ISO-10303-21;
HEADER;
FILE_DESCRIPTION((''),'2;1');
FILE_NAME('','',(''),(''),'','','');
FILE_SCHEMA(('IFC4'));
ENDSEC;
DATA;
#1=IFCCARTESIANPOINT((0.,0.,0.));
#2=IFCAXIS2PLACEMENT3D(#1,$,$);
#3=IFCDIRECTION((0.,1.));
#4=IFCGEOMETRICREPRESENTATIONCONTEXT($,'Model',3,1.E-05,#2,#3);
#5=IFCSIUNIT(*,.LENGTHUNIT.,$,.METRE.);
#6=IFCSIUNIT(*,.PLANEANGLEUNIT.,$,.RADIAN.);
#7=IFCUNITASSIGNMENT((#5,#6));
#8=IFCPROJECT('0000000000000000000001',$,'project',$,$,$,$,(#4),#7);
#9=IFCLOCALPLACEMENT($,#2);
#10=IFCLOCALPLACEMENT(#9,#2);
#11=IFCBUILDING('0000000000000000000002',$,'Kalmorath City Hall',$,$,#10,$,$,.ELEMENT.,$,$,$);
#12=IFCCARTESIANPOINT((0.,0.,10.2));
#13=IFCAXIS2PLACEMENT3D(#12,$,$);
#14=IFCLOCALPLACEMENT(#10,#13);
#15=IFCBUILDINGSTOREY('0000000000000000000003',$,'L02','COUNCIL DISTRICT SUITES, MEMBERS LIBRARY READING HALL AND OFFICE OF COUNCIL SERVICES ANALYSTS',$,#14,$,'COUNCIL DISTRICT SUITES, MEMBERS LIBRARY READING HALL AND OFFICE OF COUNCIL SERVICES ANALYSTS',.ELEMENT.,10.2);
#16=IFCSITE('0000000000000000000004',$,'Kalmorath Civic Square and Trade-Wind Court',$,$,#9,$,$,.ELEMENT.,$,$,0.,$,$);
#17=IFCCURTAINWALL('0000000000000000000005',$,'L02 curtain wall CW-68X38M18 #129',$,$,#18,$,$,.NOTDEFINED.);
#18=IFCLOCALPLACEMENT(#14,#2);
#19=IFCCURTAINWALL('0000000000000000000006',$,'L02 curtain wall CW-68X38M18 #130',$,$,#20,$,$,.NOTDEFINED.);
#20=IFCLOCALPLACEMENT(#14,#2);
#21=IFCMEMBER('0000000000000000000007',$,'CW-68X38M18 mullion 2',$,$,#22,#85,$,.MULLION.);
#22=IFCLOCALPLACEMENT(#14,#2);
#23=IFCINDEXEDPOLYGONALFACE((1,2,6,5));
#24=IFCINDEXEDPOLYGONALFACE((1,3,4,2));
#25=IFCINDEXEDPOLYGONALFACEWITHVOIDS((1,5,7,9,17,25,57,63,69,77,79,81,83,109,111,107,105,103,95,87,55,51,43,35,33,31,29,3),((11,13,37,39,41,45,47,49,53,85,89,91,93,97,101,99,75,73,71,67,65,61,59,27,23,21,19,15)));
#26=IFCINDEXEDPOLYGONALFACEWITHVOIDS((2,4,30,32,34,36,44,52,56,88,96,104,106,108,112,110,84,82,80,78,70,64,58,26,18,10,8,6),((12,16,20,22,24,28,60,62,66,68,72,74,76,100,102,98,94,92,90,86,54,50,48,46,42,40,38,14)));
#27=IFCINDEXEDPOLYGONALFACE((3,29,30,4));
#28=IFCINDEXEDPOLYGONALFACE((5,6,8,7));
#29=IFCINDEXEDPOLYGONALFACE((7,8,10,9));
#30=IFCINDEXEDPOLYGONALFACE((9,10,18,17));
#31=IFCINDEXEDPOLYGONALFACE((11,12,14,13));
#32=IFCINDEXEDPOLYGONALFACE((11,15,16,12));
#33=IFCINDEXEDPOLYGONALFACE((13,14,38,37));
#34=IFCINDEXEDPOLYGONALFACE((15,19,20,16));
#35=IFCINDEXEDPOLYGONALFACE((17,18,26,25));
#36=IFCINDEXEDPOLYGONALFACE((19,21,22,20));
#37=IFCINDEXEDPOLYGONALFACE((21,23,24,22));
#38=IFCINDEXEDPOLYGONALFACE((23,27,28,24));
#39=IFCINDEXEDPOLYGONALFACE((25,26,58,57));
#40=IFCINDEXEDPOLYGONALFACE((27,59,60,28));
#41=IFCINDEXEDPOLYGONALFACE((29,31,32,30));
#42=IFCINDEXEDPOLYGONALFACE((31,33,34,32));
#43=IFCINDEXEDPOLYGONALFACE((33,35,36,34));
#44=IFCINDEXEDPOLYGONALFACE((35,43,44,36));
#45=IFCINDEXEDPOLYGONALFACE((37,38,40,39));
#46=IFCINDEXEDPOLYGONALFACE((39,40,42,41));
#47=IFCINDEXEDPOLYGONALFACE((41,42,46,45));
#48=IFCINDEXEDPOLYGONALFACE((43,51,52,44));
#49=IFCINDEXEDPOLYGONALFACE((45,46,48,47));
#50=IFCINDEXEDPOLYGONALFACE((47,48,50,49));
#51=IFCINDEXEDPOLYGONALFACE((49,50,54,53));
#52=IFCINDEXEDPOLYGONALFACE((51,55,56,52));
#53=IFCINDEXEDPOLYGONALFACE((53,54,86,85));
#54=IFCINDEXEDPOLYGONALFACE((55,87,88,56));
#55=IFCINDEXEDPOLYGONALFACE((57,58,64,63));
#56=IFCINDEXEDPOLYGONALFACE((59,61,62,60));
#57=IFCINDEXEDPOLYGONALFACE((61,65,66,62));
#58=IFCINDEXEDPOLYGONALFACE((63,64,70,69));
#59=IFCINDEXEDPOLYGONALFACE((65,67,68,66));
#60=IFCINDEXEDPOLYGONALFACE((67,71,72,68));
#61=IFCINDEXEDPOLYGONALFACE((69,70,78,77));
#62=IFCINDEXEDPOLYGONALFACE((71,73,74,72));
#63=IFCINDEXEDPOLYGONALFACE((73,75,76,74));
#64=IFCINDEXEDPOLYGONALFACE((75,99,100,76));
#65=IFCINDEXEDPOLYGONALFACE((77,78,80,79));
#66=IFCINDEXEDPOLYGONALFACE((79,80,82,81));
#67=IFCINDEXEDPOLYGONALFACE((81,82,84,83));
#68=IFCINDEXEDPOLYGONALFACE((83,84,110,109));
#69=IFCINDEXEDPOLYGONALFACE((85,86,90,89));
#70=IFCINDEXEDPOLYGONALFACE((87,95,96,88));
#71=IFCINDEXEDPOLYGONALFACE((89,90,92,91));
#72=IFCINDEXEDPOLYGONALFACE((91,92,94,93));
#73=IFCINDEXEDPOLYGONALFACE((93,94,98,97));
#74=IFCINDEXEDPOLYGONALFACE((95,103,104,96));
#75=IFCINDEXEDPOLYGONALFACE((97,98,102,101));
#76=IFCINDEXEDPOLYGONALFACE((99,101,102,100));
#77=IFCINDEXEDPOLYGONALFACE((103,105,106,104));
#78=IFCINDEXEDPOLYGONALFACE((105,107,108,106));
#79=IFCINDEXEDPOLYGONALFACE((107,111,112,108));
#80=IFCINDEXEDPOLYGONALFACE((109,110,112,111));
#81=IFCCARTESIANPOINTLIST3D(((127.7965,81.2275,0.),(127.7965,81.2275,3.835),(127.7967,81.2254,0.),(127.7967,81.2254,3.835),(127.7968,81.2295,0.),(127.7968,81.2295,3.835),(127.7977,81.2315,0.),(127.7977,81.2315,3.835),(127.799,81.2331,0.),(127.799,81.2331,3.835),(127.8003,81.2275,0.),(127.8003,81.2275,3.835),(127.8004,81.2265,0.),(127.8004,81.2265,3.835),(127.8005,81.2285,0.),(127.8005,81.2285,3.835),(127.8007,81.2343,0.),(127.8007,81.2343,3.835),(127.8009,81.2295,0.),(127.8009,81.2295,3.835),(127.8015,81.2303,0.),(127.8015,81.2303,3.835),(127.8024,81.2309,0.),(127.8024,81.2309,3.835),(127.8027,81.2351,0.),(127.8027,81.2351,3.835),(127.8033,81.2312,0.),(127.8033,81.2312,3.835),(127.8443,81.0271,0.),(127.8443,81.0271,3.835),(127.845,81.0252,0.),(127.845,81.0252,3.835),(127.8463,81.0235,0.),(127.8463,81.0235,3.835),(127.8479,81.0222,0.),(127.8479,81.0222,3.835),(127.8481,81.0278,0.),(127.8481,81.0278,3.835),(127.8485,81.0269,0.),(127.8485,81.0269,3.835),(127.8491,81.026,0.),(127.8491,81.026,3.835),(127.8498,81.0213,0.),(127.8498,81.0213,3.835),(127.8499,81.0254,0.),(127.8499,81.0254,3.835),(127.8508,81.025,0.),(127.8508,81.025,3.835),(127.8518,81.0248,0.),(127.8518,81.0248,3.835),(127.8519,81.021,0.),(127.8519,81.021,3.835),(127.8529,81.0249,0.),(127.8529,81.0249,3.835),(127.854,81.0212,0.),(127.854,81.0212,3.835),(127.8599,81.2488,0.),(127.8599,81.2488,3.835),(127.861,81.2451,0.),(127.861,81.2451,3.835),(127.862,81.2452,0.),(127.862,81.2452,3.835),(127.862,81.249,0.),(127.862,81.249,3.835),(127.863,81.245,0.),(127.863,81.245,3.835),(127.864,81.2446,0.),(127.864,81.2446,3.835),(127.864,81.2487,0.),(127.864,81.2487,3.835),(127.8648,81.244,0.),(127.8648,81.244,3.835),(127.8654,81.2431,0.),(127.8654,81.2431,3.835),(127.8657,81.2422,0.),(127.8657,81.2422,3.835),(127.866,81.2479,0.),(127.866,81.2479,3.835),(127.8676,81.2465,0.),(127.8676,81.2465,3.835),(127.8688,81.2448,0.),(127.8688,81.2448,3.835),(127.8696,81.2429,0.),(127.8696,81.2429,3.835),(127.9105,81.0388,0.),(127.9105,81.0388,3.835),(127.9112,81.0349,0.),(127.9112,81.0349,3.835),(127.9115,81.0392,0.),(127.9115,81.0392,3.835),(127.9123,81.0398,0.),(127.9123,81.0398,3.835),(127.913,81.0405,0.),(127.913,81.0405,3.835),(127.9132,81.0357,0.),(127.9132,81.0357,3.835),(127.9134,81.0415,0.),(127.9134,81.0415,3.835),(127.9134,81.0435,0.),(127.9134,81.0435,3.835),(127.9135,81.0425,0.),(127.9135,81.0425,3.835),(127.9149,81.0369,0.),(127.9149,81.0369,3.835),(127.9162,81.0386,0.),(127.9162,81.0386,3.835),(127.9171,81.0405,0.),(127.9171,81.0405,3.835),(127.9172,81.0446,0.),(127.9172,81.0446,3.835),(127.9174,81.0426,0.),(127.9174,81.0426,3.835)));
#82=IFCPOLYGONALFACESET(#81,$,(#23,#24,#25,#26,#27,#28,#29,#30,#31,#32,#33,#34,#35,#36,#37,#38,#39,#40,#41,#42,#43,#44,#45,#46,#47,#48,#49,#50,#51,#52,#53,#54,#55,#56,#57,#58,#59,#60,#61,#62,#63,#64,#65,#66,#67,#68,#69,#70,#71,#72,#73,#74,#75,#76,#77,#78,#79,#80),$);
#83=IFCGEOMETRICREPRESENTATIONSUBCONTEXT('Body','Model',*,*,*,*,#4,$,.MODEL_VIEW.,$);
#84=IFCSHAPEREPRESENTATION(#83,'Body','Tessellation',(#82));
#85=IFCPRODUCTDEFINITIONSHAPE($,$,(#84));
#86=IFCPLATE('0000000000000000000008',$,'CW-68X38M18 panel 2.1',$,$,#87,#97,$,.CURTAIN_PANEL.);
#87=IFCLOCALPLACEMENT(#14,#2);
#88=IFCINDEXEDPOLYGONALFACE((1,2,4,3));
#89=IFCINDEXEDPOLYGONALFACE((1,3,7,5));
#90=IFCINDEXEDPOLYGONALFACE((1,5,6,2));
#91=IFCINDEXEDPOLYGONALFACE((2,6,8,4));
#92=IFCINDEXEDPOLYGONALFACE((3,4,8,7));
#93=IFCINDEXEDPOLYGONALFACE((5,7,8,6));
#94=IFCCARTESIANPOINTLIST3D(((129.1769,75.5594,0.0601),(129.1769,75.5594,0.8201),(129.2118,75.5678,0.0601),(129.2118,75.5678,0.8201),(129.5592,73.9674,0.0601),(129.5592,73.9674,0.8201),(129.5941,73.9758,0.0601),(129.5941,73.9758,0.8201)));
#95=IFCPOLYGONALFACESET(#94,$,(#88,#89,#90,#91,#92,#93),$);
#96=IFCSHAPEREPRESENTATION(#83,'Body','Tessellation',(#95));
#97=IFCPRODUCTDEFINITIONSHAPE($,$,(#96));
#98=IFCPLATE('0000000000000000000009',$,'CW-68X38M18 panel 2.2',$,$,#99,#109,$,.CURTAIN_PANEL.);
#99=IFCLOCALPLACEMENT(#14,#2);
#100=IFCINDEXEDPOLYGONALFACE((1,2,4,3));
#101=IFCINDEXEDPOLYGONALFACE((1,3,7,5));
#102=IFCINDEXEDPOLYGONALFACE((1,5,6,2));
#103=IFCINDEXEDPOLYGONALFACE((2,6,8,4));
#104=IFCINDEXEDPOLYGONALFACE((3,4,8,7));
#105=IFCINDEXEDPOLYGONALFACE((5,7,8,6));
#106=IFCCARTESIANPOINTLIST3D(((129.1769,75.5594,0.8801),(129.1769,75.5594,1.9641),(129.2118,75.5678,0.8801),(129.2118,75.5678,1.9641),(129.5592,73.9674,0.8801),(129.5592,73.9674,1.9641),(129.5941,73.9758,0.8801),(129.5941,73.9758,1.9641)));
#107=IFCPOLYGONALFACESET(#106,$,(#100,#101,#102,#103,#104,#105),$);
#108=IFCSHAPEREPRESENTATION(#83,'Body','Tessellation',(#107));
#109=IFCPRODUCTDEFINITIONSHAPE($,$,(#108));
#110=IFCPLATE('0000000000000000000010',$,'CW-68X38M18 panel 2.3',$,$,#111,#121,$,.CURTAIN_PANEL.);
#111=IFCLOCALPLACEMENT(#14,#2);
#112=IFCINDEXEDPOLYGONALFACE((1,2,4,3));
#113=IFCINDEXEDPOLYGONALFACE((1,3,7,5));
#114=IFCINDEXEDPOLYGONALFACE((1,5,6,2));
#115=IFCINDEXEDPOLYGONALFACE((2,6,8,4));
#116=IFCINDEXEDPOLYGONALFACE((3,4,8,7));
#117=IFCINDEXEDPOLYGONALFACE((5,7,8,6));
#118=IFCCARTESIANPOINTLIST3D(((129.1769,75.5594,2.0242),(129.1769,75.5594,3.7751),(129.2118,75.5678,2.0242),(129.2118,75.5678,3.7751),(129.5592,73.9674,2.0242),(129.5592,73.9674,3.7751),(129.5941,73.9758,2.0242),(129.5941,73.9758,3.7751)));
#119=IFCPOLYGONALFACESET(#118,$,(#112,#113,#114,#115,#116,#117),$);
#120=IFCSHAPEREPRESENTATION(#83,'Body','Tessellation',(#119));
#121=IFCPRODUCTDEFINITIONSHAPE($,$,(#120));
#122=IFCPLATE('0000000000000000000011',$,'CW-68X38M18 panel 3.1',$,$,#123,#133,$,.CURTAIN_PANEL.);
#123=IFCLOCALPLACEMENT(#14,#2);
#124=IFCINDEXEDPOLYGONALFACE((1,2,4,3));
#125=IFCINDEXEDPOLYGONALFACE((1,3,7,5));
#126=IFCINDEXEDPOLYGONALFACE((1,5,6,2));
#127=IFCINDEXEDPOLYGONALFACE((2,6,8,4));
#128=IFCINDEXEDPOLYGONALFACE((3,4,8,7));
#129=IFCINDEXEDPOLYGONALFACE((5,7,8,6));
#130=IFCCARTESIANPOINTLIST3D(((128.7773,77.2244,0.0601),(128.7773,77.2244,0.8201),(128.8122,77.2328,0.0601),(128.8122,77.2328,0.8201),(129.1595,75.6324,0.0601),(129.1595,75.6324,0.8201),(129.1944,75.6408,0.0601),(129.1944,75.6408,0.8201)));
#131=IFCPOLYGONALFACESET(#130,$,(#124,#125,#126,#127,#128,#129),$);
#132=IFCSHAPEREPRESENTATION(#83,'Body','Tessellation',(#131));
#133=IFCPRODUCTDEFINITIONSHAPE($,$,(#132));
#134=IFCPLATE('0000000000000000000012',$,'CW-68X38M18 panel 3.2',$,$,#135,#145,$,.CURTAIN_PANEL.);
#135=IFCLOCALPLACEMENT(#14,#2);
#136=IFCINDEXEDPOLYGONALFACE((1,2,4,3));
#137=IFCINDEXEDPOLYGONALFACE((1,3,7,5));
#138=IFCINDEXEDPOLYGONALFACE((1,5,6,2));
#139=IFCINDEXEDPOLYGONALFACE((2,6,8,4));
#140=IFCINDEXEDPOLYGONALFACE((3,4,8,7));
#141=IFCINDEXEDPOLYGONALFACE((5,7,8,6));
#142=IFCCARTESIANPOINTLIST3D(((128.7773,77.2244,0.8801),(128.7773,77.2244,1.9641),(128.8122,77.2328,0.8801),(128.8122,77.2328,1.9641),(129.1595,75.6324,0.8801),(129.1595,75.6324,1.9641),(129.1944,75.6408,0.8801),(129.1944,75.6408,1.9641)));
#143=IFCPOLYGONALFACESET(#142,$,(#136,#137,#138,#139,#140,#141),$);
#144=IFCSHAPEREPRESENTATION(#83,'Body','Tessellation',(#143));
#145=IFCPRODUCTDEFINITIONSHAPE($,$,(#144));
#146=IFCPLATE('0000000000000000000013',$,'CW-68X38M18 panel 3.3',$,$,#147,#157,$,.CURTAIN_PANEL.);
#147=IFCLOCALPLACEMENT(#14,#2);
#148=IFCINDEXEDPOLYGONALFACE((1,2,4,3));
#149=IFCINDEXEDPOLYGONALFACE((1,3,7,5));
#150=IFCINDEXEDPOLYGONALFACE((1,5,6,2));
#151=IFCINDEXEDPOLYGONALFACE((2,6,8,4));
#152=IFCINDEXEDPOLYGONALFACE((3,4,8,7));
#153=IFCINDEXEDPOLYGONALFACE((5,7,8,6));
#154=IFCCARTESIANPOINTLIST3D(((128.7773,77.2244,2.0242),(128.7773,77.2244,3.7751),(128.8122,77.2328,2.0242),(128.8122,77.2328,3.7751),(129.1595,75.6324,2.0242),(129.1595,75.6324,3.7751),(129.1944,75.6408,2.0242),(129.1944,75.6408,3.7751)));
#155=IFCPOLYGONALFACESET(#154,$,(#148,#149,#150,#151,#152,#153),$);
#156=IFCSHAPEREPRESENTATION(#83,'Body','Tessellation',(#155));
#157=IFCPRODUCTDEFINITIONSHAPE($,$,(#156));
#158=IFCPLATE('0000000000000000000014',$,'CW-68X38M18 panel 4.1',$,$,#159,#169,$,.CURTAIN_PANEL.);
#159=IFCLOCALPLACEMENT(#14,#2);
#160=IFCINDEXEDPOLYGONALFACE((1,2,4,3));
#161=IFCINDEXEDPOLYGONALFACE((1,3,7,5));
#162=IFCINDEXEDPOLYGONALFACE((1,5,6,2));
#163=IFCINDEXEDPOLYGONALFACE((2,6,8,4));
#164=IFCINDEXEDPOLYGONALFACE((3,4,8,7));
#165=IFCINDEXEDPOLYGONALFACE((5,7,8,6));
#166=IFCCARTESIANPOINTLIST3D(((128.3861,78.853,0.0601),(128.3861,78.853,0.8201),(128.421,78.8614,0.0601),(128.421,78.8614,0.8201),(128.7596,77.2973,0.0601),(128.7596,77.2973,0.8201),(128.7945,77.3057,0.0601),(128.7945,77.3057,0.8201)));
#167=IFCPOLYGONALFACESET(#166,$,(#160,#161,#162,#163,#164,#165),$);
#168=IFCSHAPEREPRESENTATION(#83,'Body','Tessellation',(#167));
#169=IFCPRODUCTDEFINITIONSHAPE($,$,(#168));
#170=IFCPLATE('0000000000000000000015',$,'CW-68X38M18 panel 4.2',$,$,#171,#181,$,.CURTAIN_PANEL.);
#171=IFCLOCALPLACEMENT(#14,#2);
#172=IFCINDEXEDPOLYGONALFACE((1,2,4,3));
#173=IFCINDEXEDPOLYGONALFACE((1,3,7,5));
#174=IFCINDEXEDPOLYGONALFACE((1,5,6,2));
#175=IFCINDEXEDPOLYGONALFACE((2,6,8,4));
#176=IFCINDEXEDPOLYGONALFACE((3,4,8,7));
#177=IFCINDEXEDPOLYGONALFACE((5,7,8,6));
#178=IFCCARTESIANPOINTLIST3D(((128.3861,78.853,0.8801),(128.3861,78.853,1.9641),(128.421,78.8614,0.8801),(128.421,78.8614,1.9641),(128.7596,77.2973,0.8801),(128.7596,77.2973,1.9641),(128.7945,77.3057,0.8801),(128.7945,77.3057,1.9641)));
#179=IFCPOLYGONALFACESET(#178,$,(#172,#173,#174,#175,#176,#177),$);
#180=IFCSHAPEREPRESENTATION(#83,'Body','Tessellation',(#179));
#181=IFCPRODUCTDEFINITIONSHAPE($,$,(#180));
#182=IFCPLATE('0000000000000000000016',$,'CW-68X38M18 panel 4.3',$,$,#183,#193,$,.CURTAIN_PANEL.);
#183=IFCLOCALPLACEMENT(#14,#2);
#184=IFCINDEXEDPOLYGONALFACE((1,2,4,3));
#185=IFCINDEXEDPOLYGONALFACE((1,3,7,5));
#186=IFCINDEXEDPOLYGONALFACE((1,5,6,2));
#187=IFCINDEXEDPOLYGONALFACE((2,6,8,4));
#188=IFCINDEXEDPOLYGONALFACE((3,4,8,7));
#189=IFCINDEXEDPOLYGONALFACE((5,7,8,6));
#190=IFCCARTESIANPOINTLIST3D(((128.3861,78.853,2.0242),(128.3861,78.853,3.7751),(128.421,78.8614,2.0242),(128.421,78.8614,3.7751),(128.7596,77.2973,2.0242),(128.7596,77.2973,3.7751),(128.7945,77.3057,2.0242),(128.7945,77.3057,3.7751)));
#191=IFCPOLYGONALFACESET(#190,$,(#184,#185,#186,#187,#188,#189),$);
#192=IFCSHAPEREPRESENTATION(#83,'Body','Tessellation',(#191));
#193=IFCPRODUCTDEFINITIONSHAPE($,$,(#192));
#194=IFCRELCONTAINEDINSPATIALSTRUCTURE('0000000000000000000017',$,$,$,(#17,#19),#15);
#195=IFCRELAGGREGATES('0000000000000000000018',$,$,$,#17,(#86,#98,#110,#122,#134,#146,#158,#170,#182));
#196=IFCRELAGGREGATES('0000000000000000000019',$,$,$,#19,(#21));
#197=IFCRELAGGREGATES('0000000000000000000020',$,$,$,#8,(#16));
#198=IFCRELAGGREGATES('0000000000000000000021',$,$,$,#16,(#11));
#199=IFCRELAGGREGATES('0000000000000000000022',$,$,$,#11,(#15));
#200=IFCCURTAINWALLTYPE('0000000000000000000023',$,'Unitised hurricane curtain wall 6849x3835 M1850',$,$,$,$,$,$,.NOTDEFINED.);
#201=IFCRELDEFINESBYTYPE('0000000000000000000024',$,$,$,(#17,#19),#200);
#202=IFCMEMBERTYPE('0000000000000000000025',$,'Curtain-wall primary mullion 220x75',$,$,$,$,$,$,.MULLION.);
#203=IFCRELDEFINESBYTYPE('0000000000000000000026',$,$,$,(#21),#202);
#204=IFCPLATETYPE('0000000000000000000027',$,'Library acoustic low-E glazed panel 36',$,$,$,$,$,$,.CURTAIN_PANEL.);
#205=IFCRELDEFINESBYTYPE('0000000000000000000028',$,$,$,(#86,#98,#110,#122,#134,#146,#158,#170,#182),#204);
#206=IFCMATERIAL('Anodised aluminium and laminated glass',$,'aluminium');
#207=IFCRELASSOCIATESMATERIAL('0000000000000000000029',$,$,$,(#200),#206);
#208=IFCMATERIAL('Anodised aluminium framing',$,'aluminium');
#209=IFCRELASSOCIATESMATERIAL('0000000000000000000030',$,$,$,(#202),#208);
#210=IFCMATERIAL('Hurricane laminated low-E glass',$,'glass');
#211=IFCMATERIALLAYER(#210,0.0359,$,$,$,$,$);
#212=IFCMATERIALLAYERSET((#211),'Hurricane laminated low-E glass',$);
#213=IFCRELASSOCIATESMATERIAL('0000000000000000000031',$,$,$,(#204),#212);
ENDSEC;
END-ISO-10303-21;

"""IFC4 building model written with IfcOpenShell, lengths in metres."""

from ifc_helpers import new_model, si_unit, direction, frame, origin, origin_2d, place, context, subcontext, project, spatial, rectangle, hollow_rectangle, extrude, material, layer, layer_set, material_profile, profile_set, type_object, element, aggregate, save


model = new_model("IFC4")

# Units and contexts
model_context = context("Model", 3, precision=1e-05, world=origin(), true_north=direction((0.0, 1.0)))
body_context = subcontext(model_context, "Body", "Model", "MODEL_VIEW")
ifc_project = project(units=[si_unit("LENGTHUNIT", "METRE"), si_unit("PLANEANGLEUNIT", "RADIAN")], contexts=[model_context])

# Site, building, storey
site_placement = place(None, origin())
site = spatial("IfcSite", under=ifc_project, at=site_placement, Name="Kalmorath Civic Square and Trade-Wind Court", CompositionType="ELEMENT", RefElevation=0.0)
building_placement = place(site_placement, origin())
building = spatial("IfcBuilding", under=site, at=building_placement, Name="Kalmorath City Hall", CompositionType="ELEMENT")
storey_placement = place(building_placement, frame((0.0, 0.0, 10.2)))
storey = spatial("IfcBuildingStorey", under=building, at=storey_placement, Name="L02", Description="COUNCIL DISTRICT SUITES, MEMBERS LIBRARY READING HALL AND OFFICE OF COUNCIL SERVICES ANALYSTS", LongName="COUNCIL DISTRICT SUITES, MEMBERS LIBRARY READING HALL AND OFFICE OF COUNCIL SERVICES ANALYSTS", CompositionType="ELEMENT", Elevation=10.2)

# Curtain walls
ifc_material_1 = material(Name="Anodised aluminium and laminated glass", Category="aluminium")
curtain_wall_type = type_object("IfcCurtainWallType", Name="Unitised hurricane curtain wall 6849x3835 M1850", PredefinedType="NOTDEFINED", material=ifc_material_1)
curtain_wall_1_placement = place(storey_placement, origin())
curtain_wall_1 = element("IfcCurtainWall", 1, at=curtain_wall_1_placement, inside=storey, type_object=curtain_wall_type, Name="L02 curtain wall CW-68X38M18 #129", PredefinedType="NOTDEFINED")
curtain_wall_2_placement = place(storey_placement, origin())
curtain_wall_2 = element("IfcCurtainWall", 2, at=curtain_wall_2_placement, inside=storey, type_object=curtain_wall_type, Name="L02 curtain wall CW-68X38M18 #130", PredefinedType="NOTDEFINED")

# Member
ifc_material_2 = material(Name="Anodised aluminium framing", Category="aluminium")
ifc_material_profile_1 = material_profile(ifc_material_2, hollow_rectangle(XDim=0.075, YDim=0.22, WallThickness=0.0039, InnerFilletRadius=0.0039, OuterFilletRadius=0.0081, at=origin_2d()), Name="ALU-MUL-220X75X4")
ifc_profile_set_1 = profile_set([ifc_material_profile_1], Name="Anodised aluminium framing")
member_type_1 = type_object("IfcMemberType", Name="Curtain-wall primary mullion 220x75", PredefinedType="MULLION", material=ifc_profile_set_1)
member_1_placement = place(storey_placement, frame((127.8569, 81.135, 0.0), z_axis=(0.0, 0.0, 1.0), x_axis=(-0.972367, -0.233456, 0.0)))
member_1 = element("IfcMember", 3, at=member_1_placement, type_object=member_type_1, Name="CW-68X38M18 mullion 2", PredefinedType="MULLION", context=body_context, shape_type="SweptSolid", body=[
    extrude(hollow_rectangle(XDim=0.075, YDim=0.22, WallThickness=0.0039, InnerFilletRadius=0.0039, OuterFilletRadius=0.0081, at=origin_2d()), origin(), (0.0, 0.0, 1.0), 3.835),
])

# Plates
ifc_material_3 = material(Name="Hurricane laminated low-E glass", Category="glass")
ifc_layer_1 = layer(ifc_material_3, 0.0359)
ifc_layer_set_1 = layer_set([ifc_layer_1], Name="Hurricane laminated low-E glass")
plate_type = type_object("IfcPlateType", Name="Library acoustic low-E glazed panel 36", PredefinedType="CURTAIN_PANEL", material=ifc_layer_set_1)
plate_1_placement = place(storey_placement, frame((129.3855, 74.7676, 0.0601), z_axis=(0.0, 0.0, 1.0), x_axis=(-0.233456, 0.972367, 0.0)))
plate_1 = element("IfcPlate", 4, at=plate_1_placement, type_object=plate_type, Name="CW-68X38M18 panel 2.1", PredefinedType="CURTAIN_PANEL", context=body_context, shape_type="SweptSolid", body=[
    extrude(rectangle(XDim=1.6372, YDim=0.0359, at=origin_2d()), origin(), (0.0, 0.0, 1.0), 0.76),
])
plate_2_placement = place(storey_placement, frame((129.3855, 74.7676, 0.8801), z_axis=(0.0, 0.0, 1.0), x_axis=(-0.233456, 0.972367, 0.0)))
plate_2 = element("IfcPlate", 5, at=plate_2_placement, type_object=plate_type, Name="CW-68X38M18 panel 2.2", PredefinedType="CURTAIN_PANEL", context=body_context, shape_type="SweptSolid", body=[
    extrude(rectangle(XDim=1.6372, YDim=0.0359, at=origin_2d()), origin(), (0.0, 0.0, 1.0), 1.084),
])
plate_3_placement = place(storey_placement, frame((129.3855, 74.7676, 2.0242), z_axis=(0.0, 0.0, 1.0), x_axis=(-0.233456, 0.972367, 0.0)))
plate_3 = element("IfcPlate", 6, at=plate_3_placement, type_object=plate_type, Name="CW-68X38M18 panel 2.3", PredefinedType="CURTAIN_PANEL", context=body_context, shape_type="SweptSolid", body=[
    extrude(rectangle(XDim=1.6372, YDim=0.0359, at=origin_2d()), origin(), (0.0, 0.0, 1.0), 1.751),
])
plate_4_placement = place(storey_placement, frame((128.9858, 76.4326, 0.0601), z_axis=(0.0, 0.0, 1.0), x_axis=(-0.233456, 0.972367, 0.0)))
plate_4 = element("IfcPlate", 7, at=plate_4_placement, type_object=plate_type, Name="CW-68X38M18 panel 3.1", PredefinedType="CURTAIN_PANEL", context=body_context, shape_type="SweptSolid", body=[
    extrude(rectangle(XDim=1.6372, YDim=0.0359, at=origin_2d()), origin(), (0.0, 0.0, 1.0), 0.76),
])
plate_5_placement = place(storey_placement, frame((128.9858, 76.4326, 0.8801), z_axis=(0.0, 0.0, 1.0), x_axis=(-0.233456, 0.972367, 0.0)))
plate_5 = element("IfcPlate", 8, at=plate_5_placement, type_object=plate_type, Name="CW-68X38M18 panel 3.2", PredefinedType="CURTAIN_PANEL", context=body_context, shape_type="SweptSolid", body=[
    extrude(rectangle(XDim=1.6372, YDim=0.0359, at=origin_2d()), origin(), (0.0, 0.0, 1.0), 1.084),
])
plate_6_placement = place(storey_placement, frame((128.9858, 76.4326, 2.0242), z_axis=(0.0, 0.0, 1.0), x_axis=(-0.233456, 0.972367, 0.0)))
plate_6 = element("IfcPlate", 9, at=plate_6_placement, type_object=plate_type, Name="CW-68X38M18 panel 3.3", PredefinedType="CURTAIN_PANEL", context=body_context, shape_type="SweptSolid", body=[
    extrude(rectangle(XDim=1.6372, YDim=0.0359, at=origin_2d()), origin(), (0.0, 0.0, 1.0), 1.751),
])
plate_7_placement = place(storey_placement, frame((128.5903, 78.0793, 0.0601), z_axis=(0.0, 0.0, 1.0), x_axis=(-0.233456, 0.972367, 0.0)))
plate_7 = element("IfcPlate", 10, at=plate_7_placement, type_object=plate_type, Name="CW-68X38M18 panel 4.1", PredefinedType="CURTAIN_PANEL", context=body_context, shape_type="SweptSolid", body=[
    extrude(rectangle(XDim=1.5999, YDim=0.0359, at=origin_2d()), origin(), (0.0, 0.0, 1.0), 0.76),
])
plate_8_placement = place(storey_placement, frame((128.5903, 78.0793, 0.8801), z_axis=(0.0, 0.0, 1.0), x_axis=(-0.233456, 0.972367, 0.0)))
plate_8 = element("IfcPlate", 11, at=plate_8_placement, type_object=plate_type, Name="CW-68X38M18 panel 4.2", PredefinedType="CURTAIN_PANEL", context=body_context, shape_type="SweptSolid", body=[
    extrude(rectangle(XDim=1.5999, YDim=0.0359, at=origin_2d()), origin(), (0.0, 0.0, 1.0), 1.084),
])
plate_9_placement = place(storey_placement, frame((128.5903, 78.0793, 2.0242), z_axis=(0.0, 0.0, 1.0), x_axis=(-0.233456, 0.972367, 0.0)))
plate_9 = element("IfcPlate", 12, at=plate_9_placement, type_object=plate_type, Name="CW-68X38M18 panel 4.3", PredefinedType="CURTAIN_PANEL", context=body_context, shape_type="SweptSolid", body=[
    extrude(rectangle(XDim=1.5999, YDim=0.0359, at=origin_2d()), origin(), (0.0, 0.0, 1.0), 1.751),
])
aggregate(curtain_wall_1, [plate_1, plate_2, plate_3, plate_4, plate_5, plate_6, plate_7, plate_8, plate_9])
aggregate(curtain_wall_2, [member_1])

save(model, "model.ifc")
